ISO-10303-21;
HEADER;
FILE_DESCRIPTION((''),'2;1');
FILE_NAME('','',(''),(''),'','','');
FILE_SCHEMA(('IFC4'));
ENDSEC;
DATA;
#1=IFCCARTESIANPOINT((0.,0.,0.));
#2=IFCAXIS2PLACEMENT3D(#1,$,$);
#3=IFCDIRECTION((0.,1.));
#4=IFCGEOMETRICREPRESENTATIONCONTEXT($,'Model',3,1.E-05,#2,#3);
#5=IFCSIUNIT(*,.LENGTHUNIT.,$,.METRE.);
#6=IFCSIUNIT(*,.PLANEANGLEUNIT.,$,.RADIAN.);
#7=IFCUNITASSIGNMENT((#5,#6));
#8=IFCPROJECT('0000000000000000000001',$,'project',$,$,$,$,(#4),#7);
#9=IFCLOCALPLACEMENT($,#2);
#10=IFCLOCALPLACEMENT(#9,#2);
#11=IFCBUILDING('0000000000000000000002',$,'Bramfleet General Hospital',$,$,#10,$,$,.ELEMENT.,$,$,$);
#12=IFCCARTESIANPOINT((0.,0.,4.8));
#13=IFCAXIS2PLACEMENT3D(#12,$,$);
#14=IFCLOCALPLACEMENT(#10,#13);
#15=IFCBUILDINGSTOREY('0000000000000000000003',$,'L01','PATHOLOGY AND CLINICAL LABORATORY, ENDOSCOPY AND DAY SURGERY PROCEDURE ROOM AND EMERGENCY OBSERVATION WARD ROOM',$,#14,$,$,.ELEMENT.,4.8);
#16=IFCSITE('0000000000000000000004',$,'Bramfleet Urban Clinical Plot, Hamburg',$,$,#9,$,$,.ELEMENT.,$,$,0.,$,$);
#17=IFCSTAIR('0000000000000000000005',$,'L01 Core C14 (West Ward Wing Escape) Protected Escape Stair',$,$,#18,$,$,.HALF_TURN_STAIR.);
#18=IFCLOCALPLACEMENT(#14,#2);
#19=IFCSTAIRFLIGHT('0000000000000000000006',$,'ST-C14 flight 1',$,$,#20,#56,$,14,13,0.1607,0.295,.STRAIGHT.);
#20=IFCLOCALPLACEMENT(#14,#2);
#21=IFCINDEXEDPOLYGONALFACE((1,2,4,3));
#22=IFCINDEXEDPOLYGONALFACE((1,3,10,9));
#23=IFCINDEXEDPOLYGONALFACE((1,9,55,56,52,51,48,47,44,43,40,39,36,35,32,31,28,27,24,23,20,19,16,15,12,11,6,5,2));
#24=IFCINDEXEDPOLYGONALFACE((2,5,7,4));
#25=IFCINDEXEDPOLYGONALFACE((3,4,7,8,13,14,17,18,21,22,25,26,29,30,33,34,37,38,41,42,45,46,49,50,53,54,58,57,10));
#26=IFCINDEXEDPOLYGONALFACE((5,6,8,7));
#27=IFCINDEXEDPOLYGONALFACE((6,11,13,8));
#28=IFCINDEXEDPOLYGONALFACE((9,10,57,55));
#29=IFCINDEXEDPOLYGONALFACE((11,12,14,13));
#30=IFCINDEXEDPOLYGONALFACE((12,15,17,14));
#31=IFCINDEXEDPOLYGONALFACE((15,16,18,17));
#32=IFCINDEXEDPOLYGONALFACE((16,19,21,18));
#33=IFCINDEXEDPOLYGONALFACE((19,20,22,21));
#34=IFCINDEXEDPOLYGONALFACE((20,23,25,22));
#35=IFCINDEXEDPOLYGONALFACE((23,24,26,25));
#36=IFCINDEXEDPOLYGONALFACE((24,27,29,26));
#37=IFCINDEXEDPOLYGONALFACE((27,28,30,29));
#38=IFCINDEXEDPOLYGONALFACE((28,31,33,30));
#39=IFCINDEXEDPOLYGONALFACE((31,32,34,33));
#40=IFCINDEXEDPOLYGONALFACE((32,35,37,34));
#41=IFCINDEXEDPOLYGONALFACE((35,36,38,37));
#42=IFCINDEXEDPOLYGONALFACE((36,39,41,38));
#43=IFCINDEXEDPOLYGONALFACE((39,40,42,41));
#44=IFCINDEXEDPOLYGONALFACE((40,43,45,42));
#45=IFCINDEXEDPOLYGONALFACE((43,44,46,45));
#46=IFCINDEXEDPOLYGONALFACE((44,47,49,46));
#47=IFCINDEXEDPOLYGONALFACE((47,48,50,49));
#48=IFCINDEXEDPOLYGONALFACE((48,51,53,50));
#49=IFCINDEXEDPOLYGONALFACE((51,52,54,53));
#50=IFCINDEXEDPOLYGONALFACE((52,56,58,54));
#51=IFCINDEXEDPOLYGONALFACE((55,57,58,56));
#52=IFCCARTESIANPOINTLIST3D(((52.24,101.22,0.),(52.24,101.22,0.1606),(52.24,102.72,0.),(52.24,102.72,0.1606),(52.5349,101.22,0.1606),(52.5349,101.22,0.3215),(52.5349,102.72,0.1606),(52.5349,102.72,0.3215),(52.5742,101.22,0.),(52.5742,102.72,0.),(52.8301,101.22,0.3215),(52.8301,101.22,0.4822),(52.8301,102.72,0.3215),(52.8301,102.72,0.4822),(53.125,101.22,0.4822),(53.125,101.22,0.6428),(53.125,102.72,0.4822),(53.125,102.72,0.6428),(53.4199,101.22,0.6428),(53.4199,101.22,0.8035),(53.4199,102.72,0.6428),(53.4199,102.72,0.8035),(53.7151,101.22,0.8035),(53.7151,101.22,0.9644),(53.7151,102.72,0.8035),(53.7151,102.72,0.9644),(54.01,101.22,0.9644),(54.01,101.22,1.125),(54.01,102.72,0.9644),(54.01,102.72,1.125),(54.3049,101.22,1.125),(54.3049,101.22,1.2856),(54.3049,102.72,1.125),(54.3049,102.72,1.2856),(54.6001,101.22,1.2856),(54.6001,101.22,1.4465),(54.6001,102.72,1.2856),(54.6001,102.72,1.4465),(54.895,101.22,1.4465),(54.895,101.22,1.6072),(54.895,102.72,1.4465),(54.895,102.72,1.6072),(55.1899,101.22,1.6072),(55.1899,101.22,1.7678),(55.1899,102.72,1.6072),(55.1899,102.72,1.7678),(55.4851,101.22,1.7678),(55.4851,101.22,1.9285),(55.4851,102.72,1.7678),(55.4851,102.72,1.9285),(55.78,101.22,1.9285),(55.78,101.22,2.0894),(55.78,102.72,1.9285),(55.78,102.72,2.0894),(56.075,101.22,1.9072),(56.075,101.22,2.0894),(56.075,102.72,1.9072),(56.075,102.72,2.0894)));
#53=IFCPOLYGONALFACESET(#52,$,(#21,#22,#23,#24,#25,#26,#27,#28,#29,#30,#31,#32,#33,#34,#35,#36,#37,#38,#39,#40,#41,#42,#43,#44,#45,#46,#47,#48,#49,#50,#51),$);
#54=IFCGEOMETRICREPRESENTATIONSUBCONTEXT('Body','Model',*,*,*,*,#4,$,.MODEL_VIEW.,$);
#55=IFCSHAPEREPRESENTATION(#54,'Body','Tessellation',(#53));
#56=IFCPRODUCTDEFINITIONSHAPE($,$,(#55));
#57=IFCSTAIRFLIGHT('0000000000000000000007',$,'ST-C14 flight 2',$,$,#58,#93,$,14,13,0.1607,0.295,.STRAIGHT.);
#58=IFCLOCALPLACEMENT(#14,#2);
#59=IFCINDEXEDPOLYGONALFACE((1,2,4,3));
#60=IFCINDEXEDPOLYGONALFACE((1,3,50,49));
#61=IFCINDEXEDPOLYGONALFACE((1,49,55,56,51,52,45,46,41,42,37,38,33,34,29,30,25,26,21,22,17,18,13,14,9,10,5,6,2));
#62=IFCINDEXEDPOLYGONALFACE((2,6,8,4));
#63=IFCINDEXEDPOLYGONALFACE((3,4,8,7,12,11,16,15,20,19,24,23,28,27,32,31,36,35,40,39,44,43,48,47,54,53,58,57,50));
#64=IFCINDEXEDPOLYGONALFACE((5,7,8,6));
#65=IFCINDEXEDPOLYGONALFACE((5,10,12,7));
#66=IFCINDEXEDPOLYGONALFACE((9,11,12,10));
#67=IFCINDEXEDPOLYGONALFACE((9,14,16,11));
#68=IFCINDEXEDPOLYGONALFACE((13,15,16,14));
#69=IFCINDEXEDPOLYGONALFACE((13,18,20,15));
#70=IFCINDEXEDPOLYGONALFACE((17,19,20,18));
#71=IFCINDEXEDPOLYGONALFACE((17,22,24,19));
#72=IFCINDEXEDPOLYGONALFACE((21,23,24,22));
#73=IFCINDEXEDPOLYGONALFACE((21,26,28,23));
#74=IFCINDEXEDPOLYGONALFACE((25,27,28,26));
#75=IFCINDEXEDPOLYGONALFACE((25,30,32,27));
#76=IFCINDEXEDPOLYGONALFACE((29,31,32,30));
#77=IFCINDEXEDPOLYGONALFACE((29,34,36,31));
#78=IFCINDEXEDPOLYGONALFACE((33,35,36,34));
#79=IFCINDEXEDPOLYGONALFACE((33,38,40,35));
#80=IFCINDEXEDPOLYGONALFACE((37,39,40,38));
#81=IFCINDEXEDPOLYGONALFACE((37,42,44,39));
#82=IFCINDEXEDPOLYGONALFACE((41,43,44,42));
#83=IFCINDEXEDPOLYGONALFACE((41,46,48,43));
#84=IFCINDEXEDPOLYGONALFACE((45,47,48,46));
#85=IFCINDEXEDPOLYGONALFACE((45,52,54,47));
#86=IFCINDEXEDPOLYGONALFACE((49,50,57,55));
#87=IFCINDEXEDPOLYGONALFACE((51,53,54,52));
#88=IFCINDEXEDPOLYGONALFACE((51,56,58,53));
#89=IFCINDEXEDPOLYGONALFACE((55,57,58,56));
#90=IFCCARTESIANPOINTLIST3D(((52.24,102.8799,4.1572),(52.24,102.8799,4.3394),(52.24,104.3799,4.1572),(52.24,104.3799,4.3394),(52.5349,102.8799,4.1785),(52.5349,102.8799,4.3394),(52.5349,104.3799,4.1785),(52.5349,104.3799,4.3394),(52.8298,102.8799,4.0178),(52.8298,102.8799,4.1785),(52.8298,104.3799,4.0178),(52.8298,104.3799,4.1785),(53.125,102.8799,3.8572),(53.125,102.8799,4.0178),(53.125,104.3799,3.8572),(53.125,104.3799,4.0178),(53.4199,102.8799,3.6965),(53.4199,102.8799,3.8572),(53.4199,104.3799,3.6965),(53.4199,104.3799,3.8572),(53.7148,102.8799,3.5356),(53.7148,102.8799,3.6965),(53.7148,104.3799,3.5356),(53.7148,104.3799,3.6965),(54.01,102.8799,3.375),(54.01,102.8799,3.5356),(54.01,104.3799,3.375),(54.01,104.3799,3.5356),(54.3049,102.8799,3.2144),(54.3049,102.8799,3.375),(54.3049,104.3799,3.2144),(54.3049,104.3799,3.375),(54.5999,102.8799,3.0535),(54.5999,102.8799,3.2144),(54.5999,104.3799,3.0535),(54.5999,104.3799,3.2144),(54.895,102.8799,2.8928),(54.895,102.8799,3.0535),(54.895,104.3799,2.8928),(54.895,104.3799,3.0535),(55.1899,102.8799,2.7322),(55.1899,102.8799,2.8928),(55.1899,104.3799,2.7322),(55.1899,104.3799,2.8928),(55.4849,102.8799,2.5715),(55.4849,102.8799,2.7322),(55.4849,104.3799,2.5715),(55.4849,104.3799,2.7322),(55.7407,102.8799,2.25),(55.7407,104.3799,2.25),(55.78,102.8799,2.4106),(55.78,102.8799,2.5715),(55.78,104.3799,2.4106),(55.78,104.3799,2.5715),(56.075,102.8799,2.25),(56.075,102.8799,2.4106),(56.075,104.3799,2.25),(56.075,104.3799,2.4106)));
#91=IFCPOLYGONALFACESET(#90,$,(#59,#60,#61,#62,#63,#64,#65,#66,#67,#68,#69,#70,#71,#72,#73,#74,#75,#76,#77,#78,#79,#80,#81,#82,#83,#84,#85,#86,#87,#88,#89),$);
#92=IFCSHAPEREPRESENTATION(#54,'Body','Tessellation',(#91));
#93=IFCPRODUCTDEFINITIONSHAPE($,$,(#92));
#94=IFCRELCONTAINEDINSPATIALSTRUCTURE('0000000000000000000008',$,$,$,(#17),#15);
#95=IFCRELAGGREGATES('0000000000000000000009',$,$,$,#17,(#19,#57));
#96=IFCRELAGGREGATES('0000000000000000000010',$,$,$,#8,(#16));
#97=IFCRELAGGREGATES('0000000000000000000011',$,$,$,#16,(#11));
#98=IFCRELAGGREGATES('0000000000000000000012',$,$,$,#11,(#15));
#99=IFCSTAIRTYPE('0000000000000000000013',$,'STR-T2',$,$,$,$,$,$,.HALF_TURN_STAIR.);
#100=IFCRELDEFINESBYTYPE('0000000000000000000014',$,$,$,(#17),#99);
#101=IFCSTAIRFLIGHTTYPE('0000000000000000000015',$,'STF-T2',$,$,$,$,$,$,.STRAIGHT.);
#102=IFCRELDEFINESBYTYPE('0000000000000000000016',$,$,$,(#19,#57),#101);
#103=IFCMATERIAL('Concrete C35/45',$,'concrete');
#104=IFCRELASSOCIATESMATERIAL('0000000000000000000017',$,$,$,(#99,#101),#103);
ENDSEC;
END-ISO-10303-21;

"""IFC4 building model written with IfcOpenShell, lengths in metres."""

from ifc_helpers import new_model, si_unit, direction, frame, origin, place, context, subcontext, project, spatial, polyline, outline, extrude, material, type_object, element, aggregate, save


model = new_model("IFC4")

# Units and contexts
model_context = context("Model", 3, precision=1e-05, world=origin(), true_north=direction((0.0, 1.0)))
body_context = subcontext(model_context, "Body", "Model", "MODEL_VIEW")
ifc_project = project(units=[si_unit("LENGTHUNIT", "METRE"), si_unit("PLANEANGLEUNIT", "RADIAN")], contexts=[model_context])

# Site, building, storey
site_placement = place(None, origin())
site = spatial("IfcSite", under=ifc_project, at=site_placement, Name="Bramfleet Urban Clinical Plot, Hamburg", CompositionType="ELEMENT", RefElevation=0.0)
building_placement = place(site_placement, origin())
building = spatial("IfcBuilding", under=site, at=building_placement, Name="Bramfleet General Hospital", CompositionType="ELEMENT")
storey_placement = place(building_placement, frame((0.0, 0.0, 4.8)))
storey = spatial("IfcBuildingStorey", under=building, at=storey_placement, Name="L01", Description="PATHOLOGY AND CLINICAL LABORATORY, ENDOSCOPY AND DAY SURGERY PROCEDURE ROOM AND EMERGENCY OBSERVATION WARD ROOM", CompositionType="ELEMENT", Elevation=4.8)

# Shared definitions
ifc_material_1 = material(Name="Concrete C35/45", Category="concrete")

# Stair, stair flights
stair_type = type_object("IfcStairType", Name="STR-T2", PredefinedType="HALF_TURN_STAIR", material=ifc_material_1)
stair_placement = place(storey_placement, origin())
stair = element("IfcStair", 1, at=stair_placement, inside=storey, type_object=stair_type, Name="L01 Core C14 (West Ward Wing Escape) Protected Escape Stair", PredefinedType="HALF_TURN_STAIR")
stair_flight_type = type_object("IfcStairFlightType", Name="STF-T2", PredefinedType="STRAIGHT", material=ifc_material_1)
stair_flight_1_placement = place(storey_placement, frame((52.24, 101.97, 0.0), z_axis=(0.0, 0.0, 1.0), x_axis=(1.0, 0.0, 0.0)))
stair_flight_1 = element("IfcStairFlight", 2, at=stair_flight_1_placement, type_object=stair_flight_type, Name="ST-C14 flight 1", NumberOfRisers=14, NumberOfTreads=13, PredefinedType="STRAIGHT", RiserHeight=0.1607, TreadLength=0.295, context=body_context, shape_type="SweptSolid", body=[
    extrude(outline(polyline([(0.0, 0.0), (0.0, 0.1606), (0.2949, 0.1606), (0.2949, 0.3215), (0.5901, 0.3215), (0.5901, 0.4822), (0.885, 0.4822), (0.885, 0.6428), (1.1799, 0.6428), (1.1799, 0.8035), (1.4751, 0.8035), (1.4751, 0.9644), (1.77, 0.9644), (1.77, 1.125), (2.0649, 1.125), (2.0649, 1.2856), (2.3601, 1.2856), (2.3601, 1.4465), (2.655, 1.4465), (2.655, 1.6072), (2.95, 1.6072), (2.95, 1.7678), (3.2451, 1.7678), (3.2451, 1.9285), (3.54, 1.9285), (3.54, 2.0894), (3.835, 2.0894), (3.835, 2.25), (3.835, 1.9072), (0.3342, 0.0), (0.0, 0.0)])), frame((0.0, 0.75, 0.0), z_axis=(0.0, -1.0, 0.0), x_axis=(1.0, 0.0, 0.0)), (0.0, 0.0, 1.0), 1.5),
])
stair_flight_2_placement = place(storey_placement, frame((56.075, 103.6299, 2.25), z_axis=(0.0, 0.0, 1.0), x_axis=(-1.0, 0.0, 0.0)))
stair_flight_2 = element("IfcStairFlight", 3, at=stair_flight_2_placement, type_object=stair_flight_type, Name="ST-C14 flight 2", NumberOfRisers=14, NumberOfTreads=13, PredefinedType="STRAIGHT", RiserHeight=0.1607, TreadLength=0.295, context=body_context, shape_type="SweptSolid", body=[
    extrude(outline(polyline([(0.0, 0.0), (0.0, 0.1606), (0.2949, 0.1606), (0.2949, 0.3215), (0.5901, 0.3215), (0.5901, 0.4822), (0.885, 0.4822), (0.885, 0.6428), (1.1799, 0.6428), (1.1799, 0.8035), (1.4751, 0.8035), (1.4751, 0.9644), (1.77, 0.9644), (1.77, 1.125), (2.0649, 1.125), (2.0649, 1.2856), (2.3601, 1.2856), (2.3601, 1.4465), (2.655, 1.4465), (2.655, 1.6072), (2.95, 1.6072), (2.95, 1.7678), (3.2451, 1.7678), (3.2451, 1.9285), (3.54, 1.9285), (3.54, 2.0894), (3.835, 2.0894), (3.835, 2.25), (3.835, 1.9072), (0.3342, 0.0), (0.0, 0.0)])), frame((0.0, 0.75, 0.0), z_axis=(0.0, -1.0, 0.0), x_axis=(1.0, 0.0, 0.0)), (0.0, 0.0, 1.0), 1.5),
])
aggregate(stair, [stair_flight_1, stair_flight_2])

save(model, "model.ifc")
